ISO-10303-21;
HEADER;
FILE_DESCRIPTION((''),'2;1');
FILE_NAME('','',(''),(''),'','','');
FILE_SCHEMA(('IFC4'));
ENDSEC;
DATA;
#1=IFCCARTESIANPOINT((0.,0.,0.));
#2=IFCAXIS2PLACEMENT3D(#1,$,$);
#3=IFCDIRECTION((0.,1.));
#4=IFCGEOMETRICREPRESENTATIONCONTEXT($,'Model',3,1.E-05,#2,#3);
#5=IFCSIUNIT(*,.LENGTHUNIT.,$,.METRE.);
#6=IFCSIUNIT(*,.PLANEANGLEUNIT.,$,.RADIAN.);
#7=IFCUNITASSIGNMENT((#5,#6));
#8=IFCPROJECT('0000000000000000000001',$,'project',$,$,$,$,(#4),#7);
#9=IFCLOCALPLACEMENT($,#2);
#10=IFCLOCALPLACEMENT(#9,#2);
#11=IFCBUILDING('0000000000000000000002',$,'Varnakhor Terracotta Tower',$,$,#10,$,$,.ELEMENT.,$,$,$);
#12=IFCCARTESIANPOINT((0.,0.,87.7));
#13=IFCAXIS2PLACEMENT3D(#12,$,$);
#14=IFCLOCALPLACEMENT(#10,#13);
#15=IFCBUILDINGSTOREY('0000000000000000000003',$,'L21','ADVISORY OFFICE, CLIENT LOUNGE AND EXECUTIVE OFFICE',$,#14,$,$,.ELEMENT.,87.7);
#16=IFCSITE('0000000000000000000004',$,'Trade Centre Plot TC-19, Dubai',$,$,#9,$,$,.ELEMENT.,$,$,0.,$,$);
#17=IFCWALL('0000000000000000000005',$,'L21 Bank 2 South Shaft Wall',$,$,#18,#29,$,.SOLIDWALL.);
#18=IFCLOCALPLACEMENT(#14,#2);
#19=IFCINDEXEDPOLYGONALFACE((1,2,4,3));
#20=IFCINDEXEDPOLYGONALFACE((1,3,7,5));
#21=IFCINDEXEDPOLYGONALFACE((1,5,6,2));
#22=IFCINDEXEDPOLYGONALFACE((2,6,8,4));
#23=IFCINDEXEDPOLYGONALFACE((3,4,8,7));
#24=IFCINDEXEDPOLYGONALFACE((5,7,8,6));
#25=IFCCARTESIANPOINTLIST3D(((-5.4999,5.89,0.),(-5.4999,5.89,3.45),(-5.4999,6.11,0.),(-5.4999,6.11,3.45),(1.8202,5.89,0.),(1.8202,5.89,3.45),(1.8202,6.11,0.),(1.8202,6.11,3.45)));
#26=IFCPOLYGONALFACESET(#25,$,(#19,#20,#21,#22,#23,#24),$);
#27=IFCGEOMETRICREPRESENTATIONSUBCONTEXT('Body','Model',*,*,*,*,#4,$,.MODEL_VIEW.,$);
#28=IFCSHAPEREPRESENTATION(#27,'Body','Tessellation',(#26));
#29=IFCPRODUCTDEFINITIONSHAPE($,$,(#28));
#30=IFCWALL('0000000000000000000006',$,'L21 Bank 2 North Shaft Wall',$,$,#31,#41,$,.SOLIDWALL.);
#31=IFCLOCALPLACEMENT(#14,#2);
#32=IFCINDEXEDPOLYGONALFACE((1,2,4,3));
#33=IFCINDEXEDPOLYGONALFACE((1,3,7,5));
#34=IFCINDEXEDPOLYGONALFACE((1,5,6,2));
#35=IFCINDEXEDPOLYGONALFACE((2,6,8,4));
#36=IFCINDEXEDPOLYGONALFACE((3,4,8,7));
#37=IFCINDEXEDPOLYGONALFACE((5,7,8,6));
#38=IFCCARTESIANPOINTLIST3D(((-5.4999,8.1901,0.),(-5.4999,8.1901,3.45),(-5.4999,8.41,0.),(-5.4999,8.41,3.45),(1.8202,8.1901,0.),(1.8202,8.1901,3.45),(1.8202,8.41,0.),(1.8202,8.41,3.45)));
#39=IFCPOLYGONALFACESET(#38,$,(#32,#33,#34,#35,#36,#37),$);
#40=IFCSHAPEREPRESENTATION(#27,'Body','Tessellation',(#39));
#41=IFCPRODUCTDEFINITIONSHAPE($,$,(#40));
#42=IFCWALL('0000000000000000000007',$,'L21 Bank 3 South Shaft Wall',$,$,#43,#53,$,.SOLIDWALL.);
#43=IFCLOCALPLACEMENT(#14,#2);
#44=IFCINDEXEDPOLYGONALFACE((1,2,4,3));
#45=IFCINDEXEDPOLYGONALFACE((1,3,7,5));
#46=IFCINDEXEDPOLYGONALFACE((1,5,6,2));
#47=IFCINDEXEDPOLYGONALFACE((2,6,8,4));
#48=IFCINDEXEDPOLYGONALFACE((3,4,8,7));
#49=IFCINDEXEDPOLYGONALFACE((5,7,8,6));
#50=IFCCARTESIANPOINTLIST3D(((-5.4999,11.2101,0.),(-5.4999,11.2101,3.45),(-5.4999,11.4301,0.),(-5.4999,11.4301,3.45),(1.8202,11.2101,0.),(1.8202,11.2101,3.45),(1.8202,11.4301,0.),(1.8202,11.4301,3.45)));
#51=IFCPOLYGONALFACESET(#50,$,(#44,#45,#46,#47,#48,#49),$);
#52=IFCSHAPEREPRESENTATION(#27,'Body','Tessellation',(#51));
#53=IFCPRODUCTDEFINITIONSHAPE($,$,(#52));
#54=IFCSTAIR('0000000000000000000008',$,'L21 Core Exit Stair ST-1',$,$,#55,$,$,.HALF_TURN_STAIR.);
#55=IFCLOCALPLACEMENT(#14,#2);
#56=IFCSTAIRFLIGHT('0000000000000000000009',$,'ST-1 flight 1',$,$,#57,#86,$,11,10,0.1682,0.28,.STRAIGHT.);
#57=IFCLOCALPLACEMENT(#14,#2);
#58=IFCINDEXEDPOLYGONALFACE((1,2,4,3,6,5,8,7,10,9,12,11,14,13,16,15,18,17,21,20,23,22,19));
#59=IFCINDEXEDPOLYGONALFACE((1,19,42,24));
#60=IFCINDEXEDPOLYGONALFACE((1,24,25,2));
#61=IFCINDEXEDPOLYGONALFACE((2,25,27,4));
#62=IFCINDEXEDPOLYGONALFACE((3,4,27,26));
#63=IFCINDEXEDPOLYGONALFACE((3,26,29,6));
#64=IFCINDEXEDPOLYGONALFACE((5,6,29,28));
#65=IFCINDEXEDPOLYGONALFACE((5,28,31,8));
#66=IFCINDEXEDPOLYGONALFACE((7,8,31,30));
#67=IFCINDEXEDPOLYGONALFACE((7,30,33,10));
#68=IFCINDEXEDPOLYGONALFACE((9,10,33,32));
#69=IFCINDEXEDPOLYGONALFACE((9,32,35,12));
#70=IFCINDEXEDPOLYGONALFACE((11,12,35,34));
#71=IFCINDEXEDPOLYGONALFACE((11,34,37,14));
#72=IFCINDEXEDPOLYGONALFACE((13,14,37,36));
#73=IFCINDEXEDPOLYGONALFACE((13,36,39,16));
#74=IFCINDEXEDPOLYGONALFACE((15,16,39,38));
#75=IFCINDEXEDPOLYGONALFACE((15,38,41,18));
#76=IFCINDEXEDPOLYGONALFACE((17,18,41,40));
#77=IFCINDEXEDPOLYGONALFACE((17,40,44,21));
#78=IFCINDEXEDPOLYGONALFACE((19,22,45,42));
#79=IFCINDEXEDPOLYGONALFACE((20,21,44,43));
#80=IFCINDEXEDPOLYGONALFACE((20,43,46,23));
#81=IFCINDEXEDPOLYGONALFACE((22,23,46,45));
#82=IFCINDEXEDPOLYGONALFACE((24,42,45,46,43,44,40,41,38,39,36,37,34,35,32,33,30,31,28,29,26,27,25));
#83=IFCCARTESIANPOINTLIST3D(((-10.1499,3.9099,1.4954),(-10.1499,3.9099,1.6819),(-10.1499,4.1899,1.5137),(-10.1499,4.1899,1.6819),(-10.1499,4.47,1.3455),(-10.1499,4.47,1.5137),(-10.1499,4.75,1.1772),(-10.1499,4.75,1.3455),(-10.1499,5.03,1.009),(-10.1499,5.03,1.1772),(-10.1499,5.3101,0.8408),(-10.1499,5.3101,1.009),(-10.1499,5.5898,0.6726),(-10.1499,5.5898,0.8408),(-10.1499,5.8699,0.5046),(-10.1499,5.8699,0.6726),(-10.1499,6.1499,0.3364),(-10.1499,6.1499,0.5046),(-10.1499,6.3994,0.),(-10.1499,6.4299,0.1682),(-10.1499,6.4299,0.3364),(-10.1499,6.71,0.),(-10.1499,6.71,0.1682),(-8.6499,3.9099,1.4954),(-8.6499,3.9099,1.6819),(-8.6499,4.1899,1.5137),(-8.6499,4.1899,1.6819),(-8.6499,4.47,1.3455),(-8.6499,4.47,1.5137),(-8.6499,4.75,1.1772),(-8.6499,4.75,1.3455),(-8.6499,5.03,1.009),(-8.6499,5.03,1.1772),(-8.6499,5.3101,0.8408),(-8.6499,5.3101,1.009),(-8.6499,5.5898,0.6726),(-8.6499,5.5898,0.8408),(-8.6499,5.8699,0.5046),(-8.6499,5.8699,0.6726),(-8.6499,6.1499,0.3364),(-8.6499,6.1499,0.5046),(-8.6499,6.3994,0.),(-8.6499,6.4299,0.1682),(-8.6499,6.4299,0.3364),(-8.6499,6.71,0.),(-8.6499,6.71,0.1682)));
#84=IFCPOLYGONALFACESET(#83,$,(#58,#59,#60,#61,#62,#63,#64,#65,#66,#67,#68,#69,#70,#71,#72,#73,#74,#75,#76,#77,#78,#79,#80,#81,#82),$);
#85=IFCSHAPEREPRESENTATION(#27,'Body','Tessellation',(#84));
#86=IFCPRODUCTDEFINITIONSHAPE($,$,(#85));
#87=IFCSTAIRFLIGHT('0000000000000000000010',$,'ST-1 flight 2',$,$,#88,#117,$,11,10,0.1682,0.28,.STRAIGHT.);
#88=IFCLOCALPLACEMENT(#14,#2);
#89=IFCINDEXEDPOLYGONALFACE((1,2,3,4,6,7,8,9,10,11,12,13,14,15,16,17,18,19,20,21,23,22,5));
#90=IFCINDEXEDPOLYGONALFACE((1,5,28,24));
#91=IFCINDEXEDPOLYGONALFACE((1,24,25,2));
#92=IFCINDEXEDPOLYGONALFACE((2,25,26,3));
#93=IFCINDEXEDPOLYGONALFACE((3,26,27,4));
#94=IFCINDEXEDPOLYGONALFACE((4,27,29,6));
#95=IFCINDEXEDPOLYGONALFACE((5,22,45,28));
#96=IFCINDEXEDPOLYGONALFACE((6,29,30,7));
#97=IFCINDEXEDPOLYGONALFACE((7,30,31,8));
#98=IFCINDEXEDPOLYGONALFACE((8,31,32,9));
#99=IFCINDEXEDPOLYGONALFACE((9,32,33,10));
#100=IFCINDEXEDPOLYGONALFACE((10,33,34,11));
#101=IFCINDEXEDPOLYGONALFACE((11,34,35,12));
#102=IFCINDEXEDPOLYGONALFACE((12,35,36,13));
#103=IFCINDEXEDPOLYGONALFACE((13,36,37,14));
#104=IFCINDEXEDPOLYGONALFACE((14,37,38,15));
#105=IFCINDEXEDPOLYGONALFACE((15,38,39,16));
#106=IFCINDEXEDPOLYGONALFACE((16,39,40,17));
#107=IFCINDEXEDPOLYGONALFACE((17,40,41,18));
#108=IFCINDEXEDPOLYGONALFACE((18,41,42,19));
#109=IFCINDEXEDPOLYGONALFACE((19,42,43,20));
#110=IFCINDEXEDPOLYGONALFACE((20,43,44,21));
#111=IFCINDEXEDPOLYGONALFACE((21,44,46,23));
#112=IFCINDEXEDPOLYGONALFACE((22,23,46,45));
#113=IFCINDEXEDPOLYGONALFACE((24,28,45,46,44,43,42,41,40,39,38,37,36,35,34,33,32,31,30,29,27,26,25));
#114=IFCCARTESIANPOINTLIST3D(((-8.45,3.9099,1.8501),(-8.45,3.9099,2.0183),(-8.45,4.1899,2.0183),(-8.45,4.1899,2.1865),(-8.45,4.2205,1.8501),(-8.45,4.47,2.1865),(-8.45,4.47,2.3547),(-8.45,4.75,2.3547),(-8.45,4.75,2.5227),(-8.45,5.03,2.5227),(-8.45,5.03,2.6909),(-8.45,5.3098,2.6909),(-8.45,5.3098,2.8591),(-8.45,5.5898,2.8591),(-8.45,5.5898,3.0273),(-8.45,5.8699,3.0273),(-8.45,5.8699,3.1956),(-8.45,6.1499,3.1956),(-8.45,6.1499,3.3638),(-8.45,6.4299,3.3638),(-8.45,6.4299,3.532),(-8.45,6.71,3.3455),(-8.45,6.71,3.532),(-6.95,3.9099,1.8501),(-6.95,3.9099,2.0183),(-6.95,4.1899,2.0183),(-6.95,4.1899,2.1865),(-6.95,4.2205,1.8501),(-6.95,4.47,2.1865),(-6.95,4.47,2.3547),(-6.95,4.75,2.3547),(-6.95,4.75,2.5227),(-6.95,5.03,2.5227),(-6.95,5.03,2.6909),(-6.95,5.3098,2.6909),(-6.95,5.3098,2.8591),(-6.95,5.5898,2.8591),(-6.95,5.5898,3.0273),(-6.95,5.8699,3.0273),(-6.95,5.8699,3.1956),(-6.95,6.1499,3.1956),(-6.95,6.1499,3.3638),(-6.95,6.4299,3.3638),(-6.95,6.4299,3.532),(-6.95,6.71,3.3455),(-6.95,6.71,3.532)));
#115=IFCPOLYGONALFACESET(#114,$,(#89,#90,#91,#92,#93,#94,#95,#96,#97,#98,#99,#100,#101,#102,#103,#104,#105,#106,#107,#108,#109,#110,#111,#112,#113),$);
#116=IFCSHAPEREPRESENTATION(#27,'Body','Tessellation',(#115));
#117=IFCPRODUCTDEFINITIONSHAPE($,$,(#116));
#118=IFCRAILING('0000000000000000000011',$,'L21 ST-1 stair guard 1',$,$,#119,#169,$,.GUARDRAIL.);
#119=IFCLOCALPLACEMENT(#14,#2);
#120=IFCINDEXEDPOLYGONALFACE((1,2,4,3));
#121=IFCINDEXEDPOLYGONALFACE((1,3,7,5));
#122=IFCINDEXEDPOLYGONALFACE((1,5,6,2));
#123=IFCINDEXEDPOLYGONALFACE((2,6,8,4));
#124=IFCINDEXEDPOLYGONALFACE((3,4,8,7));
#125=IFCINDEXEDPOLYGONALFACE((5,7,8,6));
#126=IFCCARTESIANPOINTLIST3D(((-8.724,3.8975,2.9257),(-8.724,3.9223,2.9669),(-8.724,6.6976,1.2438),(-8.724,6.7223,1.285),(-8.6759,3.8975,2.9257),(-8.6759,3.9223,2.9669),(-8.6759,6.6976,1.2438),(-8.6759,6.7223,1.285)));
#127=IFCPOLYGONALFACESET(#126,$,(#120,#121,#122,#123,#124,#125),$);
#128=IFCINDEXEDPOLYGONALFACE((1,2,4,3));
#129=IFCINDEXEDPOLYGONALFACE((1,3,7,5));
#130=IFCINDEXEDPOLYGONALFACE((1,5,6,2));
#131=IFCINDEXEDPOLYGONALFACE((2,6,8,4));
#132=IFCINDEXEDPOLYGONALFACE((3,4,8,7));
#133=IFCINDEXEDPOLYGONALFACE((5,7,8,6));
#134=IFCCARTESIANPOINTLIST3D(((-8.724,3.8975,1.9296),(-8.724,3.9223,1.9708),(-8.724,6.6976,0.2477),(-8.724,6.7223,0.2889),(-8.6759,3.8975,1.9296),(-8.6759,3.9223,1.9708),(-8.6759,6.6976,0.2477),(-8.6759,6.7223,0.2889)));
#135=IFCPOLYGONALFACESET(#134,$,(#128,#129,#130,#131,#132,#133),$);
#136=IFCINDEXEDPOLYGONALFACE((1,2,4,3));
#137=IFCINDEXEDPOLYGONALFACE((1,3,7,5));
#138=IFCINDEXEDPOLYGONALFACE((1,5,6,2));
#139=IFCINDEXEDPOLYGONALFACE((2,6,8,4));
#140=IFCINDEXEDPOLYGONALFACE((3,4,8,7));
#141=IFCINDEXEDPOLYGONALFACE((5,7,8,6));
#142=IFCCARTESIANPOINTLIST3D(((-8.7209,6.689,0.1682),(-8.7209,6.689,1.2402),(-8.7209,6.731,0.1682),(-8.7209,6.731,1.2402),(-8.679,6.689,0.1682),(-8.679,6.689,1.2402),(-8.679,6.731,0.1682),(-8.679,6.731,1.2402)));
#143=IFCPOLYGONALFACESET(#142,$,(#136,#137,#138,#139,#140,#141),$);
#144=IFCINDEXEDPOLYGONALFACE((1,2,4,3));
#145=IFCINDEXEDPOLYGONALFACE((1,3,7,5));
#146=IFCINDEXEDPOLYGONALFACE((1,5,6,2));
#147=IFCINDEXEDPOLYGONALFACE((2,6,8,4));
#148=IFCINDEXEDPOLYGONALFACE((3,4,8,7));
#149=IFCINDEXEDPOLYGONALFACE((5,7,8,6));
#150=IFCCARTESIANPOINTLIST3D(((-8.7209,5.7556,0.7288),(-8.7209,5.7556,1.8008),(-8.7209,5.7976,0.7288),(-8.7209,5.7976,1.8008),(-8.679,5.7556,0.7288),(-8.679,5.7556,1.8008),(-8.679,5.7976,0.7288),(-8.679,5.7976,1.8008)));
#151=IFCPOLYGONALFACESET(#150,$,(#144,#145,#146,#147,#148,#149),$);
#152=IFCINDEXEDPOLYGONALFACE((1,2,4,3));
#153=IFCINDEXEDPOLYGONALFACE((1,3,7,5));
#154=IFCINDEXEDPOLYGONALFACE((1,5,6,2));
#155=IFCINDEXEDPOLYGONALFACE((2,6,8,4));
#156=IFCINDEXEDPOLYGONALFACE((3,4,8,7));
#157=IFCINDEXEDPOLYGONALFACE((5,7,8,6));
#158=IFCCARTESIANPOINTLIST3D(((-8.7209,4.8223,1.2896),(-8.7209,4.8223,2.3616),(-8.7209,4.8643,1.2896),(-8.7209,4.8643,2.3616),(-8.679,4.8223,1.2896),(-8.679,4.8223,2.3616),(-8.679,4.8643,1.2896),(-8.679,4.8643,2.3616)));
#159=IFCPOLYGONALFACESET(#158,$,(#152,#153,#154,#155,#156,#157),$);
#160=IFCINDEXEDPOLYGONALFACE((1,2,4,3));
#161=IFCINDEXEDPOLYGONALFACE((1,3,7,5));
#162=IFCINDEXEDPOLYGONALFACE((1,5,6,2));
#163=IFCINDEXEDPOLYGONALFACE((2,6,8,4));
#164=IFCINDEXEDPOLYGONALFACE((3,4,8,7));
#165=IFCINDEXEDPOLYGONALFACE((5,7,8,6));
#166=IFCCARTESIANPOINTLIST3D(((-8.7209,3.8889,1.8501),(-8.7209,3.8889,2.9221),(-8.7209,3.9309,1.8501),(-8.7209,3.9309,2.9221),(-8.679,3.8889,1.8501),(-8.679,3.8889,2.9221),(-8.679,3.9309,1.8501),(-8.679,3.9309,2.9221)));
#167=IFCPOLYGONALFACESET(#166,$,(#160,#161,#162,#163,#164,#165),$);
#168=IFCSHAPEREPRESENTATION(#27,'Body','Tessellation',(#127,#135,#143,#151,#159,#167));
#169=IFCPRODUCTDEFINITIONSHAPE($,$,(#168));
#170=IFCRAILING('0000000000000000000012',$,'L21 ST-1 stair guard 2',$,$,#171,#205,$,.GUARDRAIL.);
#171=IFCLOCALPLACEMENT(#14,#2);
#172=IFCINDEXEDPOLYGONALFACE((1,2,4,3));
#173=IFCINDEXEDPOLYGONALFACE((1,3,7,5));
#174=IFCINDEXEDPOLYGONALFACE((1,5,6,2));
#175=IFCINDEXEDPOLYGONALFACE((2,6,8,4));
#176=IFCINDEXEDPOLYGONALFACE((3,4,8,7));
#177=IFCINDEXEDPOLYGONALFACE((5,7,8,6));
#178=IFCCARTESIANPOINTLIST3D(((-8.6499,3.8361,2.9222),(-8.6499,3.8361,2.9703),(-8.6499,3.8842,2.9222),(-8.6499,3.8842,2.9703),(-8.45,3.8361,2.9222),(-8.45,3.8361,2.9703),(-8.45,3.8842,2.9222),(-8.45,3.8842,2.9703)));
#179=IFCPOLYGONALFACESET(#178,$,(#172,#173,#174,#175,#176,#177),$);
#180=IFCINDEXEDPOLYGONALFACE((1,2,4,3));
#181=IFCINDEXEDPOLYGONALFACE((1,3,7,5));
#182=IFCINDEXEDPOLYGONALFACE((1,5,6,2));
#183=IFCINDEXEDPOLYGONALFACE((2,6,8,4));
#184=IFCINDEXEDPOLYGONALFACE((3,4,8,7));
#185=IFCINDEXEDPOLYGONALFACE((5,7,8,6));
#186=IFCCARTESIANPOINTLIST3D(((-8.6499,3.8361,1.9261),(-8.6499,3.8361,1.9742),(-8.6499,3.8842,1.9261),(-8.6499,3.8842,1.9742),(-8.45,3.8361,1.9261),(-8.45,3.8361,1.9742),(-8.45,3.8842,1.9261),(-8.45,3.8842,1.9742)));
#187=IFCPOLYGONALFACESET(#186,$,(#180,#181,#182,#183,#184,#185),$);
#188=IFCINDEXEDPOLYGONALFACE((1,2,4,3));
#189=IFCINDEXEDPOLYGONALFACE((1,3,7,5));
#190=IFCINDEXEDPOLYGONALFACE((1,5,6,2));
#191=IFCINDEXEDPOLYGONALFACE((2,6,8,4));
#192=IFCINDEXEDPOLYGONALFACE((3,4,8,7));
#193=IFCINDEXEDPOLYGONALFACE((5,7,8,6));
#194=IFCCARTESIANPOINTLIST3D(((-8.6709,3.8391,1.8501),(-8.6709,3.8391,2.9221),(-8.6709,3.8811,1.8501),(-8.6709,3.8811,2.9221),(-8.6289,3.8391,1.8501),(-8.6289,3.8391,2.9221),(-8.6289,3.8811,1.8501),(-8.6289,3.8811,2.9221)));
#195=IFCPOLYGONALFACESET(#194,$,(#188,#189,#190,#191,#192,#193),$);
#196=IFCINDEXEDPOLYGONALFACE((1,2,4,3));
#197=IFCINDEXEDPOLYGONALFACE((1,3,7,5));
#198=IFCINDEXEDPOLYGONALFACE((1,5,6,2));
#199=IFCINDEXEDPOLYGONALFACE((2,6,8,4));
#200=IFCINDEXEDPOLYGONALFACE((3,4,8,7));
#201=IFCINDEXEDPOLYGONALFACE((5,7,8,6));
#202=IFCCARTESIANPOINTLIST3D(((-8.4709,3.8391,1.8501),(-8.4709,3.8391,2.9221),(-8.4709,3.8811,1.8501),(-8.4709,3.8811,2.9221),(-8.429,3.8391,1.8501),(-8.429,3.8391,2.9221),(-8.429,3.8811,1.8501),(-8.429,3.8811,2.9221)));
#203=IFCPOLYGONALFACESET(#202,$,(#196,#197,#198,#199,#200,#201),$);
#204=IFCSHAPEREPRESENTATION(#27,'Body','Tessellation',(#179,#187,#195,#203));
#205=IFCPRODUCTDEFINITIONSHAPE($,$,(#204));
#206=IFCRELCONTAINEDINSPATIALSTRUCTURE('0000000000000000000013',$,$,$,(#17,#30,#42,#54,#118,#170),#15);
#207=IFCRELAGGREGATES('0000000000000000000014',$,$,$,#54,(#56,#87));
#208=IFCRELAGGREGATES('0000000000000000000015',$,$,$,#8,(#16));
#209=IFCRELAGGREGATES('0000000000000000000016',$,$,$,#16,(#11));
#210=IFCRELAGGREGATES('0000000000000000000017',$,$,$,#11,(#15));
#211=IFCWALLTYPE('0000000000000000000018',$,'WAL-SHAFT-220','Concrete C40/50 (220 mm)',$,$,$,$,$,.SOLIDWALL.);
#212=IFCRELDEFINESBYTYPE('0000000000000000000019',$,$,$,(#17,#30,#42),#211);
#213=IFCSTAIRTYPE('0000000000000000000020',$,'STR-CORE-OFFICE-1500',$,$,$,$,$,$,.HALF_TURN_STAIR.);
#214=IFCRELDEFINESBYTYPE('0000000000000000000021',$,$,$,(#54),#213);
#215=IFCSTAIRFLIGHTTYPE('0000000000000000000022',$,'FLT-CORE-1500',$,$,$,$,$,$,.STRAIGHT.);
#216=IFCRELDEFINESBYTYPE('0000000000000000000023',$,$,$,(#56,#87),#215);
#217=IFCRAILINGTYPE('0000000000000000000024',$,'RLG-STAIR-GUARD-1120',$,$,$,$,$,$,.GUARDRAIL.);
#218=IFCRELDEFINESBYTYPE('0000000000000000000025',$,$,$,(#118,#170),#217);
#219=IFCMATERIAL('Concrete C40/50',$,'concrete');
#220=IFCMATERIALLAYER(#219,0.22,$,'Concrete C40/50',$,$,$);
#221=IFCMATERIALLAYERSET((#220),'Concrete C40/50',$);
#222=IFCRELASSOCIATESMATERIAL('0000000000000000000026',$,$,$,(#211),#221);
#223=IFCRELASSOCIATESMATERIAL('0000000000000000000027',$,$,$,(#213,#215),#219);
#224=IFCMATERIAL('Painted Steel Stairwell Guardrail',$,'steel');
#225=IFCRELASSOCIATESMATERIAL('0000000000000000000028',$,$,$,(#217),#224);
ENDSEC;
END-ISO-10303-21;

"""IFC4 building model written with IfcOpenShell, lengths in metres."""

from ifc_helpers import new_model, si_unit, direction, frame, frame_2d, origin, origin_2d, place, context, subcontext, project, spatial, polyline, rectangle, outline, extrude, material, layer, layer_set, type_object, element, aggregate, save


model = new_model("IFC4")

# Units and contexts
model_context = context("Model", 3, precision=1e-05, world=origin(), true_north=direction((0.0, 1.0)))
body_context = subcontext(model_context, "Body", "Model", "MODEL_VIEW")
ifc_project = project(units=[si_unit("LENGTHUNIT", "METRE"), si_unit("PLANEANGLEUNIT", "RADIAN")], contexts=[model_context])

# Site, building, storey
site_placement = place(None, origin())
site = spatial("IfcSite", under=ifc_project, at=site_placement, Name="Trade Centre Plot TC-19, Dubai", CompositionType="ELEMENT", RefElevation=0.0)
building_placement = place(site_placement, origin())
building = spatial("IfcBuilding", under=site, at=building_placement, Name="Varnakhor Terracotta Tower", CompositionType="ELEMENT")
storey_placement = place(building_placement, frame((0.0, 0.0, 87.7)))
storey = spatial("IfcBuildingStorey", under=building, at=storey_placement, Name="L21", Description="ADVISORY OFFICE, CLIENT LOUNGE AND EXECUTIVE OFFICE", CompositionType="ELEMENT", Elevation=87.7)

# Shared definitions
ifc_material_1 = material(Name="Concrete C40/50", Category="concrete")

# Shared definitions
ifc_layer_1 = layer(ifc_material_1, 0.22, Name="Concrete C40/50")
ifc_layer_set_1 = layer_set([ifc_layer_1], Name="Concrete C40/50")
wall_type_1 = type_object("IfcWallType", Name="WAL-SHAFT-220", Description="Concrete C40/50 (220 mm)", PredefinedType="SOLIDWALL", material=ifc_layer_set_1)

# Walls
for number, where, z_axis, x_axis, name in (
    (1, (-5.5, 6.0, 0.0), (0.0, 0.0, 1.0), (1.0, 0.0, 0.0), "L21 Bank 2 South Shaft Wall"),
    (2, (-5.5, 8.3, 0.0), (0.0, 0.0, 1.0), (1.0, 0.0, 0.0), "L21 Bank 2 North Shaft Wall"),
    (3, (-5.5, 11.3201, 0.0), (0.0, 0.0, 1.0), (1.0, 0.0, 0.0), "L21 Bank 3 South Shaft Wall"),
):
    element("IfcWall", number, at=place(storey_placement, frame(where, z_axis=z_axis, x_axis=x_axis)), inside=storey, type_object=wall_type_1, Name=name, PredefinedType="SOLIDWALL", context=body_context, shape_type="SweptSolid", body=[
        extrude(rectangle(XDim=7.3201, YDim=0.22, at=frame_2d((3.6602, 0.0))), origin(), (0.0, 0.0, 1.0), 3.45),
    ])

# Stair, stair flights
stair_type = type_object("IfcStairType", Name="STR-CORE-OFFICE-1500", PredefinedType="HALF_TURN_STAIR", material=ifc_material_1)
stair_placement = place(storey_placement, origin())
stair = element("IfcStair", 4, at=stair_placement, inside=storey, type_object=stair_type, Name="L21 Core Exit Stair ST-1", PredefinedType="HALF_TURN_STAIR")
stair_flight_type = type_object("IfcStairFlightType", Name="FLT-CORE-1500", PredefinedType="STRAIGHT", material=ifc_material_1)
stair_flight_1_placement = place(storey_placement, frame((-9.3999, 6.71, 0.0), z_axis=(0.0, 0.0, 1.0), x_axis=(0.0, -1.0, 0.0)))
stair_flight_1 = element("IfcStairFlight", 5, at=stair_flight_1_placement, type_object=stair_flight_type, Name="ST-1 flight 1", NumberOfRisers=11, NumberOfTreads=10, PredefinedType="STRAIGHT", RiserHeight=0.1682, TreadLength=0.28, context=body_context, shape_type="SweptSolid", body=[
    extrude(outline(polyline([(0.0, 0.0), (0.0, 0.1682), (0.28, 0.1682), (0.28, 0.3364), (0.5601, 0.3364), (0.5601, 0.5046), (0.8401, 0.5046), (0.8401, 0.6726), (1.1201, 0.6726), (1.1201, 0.8408), (1.3999, 0.8408), (1.3999, 1.009), (1.6799, 1.009), (1.6799, 1.1772), (1.96, 1.1772), (1.96, 1.3455), (2.24, 1.3455), (2.24, 1.5137), (2.52, 1.5137), (2.52, 1.6819), (2.8, 1.6819), (2.8, 1.8501), (2.8, 1.4954), (0.3105, 0.0), (0.0, 0.0)])), frame((0.0, 0.75, 0.0), z_axis=(0.0, -1.0, 0.0), x_axis=(1.0, 0.0, 0.0)), (0.0, 0.0, 1.0), 1.5),
])
stair_flight_2_placement = place(storey_placement, frame((-7.7, 3.9099, 1.8501), z_axis=(0.0, 0.0, 1.0), x_axis=(0.0, 1.0, 0.0)))
stair_flight_2 = element("IfcStairFlight", 6, at=stair_flight_2_placement, type_object=stair_flight_type, Name="ST-1 flight 2", NumberOfRisers=11, NumberOfTreads=10, PredefinedType="STRAIGHT", RiserHeight=0.1682, TreadLength=0.28, context=body_context, shape_type="SweptSolid", body=[
    extrude(outline(polyline([(0.0, 0.0), (0.0, 0.1682), (0.28, 0.1682), (0.28, 0.3364), (0.5601, 0.3364), (0.5601, 0.5046), (0.8401, 0.5046), (0.8401, 0.6726), (1.1201, 0.6726), (1.1201, 0.8408), (1.3999, 0.8408), (1.3999, 1.009), (1.6799, 1.009), (1.6799, 1.1772), (1.96, 1.1772), (1.96, 1.3455), (2.24, 1.3455), (2.24, 1.5137), (2.52, 1.5137), (2.52, 1.6819), (2.8, 1.6819), (2.8, 1.8501), (2.8, 1.4954), (0.3105, 0.0), (0.0, 0.0)])), frame((0.0, 0.75, 0.0), z_axis=(0.0, -1.0, 0.0), x_axis=(1.0, 0.0, 0.0)), (0.0, 0.0, 1.0), 1.5),
])
aggregate(stair, [stair_flight_1, stair_flight_2])

# Railings
ifc_material_2 = material(Name="Painted Steel Stairwell Guardrail", Category="steel")
railing_type_1 = type_object("IfcRailingType", Name="RLG-STAIR-GUARD-1120", PredefinedType="GUARDRAIL", material=ifc_material_2)
railing_1_placement = place(storey_placement, frame((-8.7, 6.71, 0.1682)))
element("IfcRailing", 7, at=railing_1_placement, inside=storey, type_object=railing_type_1, Name="L21 ST-1 stair guard 1", PredefinedType="GUARDRAIL", context=body_context, shape_type="SweptSolid", body=[
    extrude(rectangle(XDim=0.0481, YDim=0.0481, at=origin_2d()), frame((0.0, 0.0, 1.0962), z_axis=(0.0, -0.857242, 0.514913), x_axis=(1.0, 0.0, 0.0)), (0.0, 0.0, 1.0), 3.2664),
    extrude(rectangle(XDim=0.0481, YDim=0.0481, at=origin_2d()), frame((0.0, 0.0, 0.1001), z_axis=(0.0, -0.857242, 0.514913), x_axis=(1.0, 0.0, 0.0)), (0.0, 0.0, 1.0), 3.2664),
    extrude(rectangle(XDim=0.042, YDim=0.042, at=origin_2d()), origin(), (0.0, 0.0, 1.0), 1.072),
    extrude(rectangle(XDim=0.042, YDim=0.042, at=origin_2d()), frame((0.0, -0.9333, 0.5605)), (0.0, 0.0, 1.0), 1.072),
    extrude(rectangle(XDim=0.042, YDim=0.042, at=origin_2d()), frame((0.0, -1.8667, 1.1213)), (0.0, 0.0, 1.0), 1.072),
    extrude(rectangle(XDim=0.042, YDim=0.042, at=origin_2d()), frame((0.0, -2.8, 1.6819)), (0.0, 0.0, 1.0), 1.072),
])
railing_2_placement = place(storey_placement, frame((-8.6499, 3.8601, 1.8501)))
element("IfcRailing", 8, at=railing_2_placement, inside=storey, type_object=railing_type_1, Name="L21 ST-1 stair guard 2", PredefinedType="GUARDRAIL", context=body_context, shape_type="SweptSolid", body=[
    extrude(rectangle(XDim=0.0481, YDim=0.0481, at=origin_2d()), frame((0.0, 0.0, 1.0962), z_axis=(1.0, 0.0, 0.0), x_axis=(0.0, 1.0, 0.0)), (0.0, 0.0, 1.0), 0.2),
    extrude(rectangle(XDim=0.0481, YDim=0.0481, at=origin_2d()), frame((0.0, 0.0, 0.1001), z_axis=(1.0, 0.0, 0.0), x_axis=(0.0, 1.0, 0.0)), (0.0, 0.0, 1.0), 0.2),
    extrude(rectangle(XDim=0.042, YDim=0.042, at=origin_2d()), origin(), (0.0, 0.0, 1.0), 1.072),
    extrude(rectangle(XDim=0.042, YDim=0.042, at=origin_2d()), frame((0.2, 0.0, 0.0)), (0.0, 0.0, 1.0), 1.072),
])

save(model, "model.ifc")
